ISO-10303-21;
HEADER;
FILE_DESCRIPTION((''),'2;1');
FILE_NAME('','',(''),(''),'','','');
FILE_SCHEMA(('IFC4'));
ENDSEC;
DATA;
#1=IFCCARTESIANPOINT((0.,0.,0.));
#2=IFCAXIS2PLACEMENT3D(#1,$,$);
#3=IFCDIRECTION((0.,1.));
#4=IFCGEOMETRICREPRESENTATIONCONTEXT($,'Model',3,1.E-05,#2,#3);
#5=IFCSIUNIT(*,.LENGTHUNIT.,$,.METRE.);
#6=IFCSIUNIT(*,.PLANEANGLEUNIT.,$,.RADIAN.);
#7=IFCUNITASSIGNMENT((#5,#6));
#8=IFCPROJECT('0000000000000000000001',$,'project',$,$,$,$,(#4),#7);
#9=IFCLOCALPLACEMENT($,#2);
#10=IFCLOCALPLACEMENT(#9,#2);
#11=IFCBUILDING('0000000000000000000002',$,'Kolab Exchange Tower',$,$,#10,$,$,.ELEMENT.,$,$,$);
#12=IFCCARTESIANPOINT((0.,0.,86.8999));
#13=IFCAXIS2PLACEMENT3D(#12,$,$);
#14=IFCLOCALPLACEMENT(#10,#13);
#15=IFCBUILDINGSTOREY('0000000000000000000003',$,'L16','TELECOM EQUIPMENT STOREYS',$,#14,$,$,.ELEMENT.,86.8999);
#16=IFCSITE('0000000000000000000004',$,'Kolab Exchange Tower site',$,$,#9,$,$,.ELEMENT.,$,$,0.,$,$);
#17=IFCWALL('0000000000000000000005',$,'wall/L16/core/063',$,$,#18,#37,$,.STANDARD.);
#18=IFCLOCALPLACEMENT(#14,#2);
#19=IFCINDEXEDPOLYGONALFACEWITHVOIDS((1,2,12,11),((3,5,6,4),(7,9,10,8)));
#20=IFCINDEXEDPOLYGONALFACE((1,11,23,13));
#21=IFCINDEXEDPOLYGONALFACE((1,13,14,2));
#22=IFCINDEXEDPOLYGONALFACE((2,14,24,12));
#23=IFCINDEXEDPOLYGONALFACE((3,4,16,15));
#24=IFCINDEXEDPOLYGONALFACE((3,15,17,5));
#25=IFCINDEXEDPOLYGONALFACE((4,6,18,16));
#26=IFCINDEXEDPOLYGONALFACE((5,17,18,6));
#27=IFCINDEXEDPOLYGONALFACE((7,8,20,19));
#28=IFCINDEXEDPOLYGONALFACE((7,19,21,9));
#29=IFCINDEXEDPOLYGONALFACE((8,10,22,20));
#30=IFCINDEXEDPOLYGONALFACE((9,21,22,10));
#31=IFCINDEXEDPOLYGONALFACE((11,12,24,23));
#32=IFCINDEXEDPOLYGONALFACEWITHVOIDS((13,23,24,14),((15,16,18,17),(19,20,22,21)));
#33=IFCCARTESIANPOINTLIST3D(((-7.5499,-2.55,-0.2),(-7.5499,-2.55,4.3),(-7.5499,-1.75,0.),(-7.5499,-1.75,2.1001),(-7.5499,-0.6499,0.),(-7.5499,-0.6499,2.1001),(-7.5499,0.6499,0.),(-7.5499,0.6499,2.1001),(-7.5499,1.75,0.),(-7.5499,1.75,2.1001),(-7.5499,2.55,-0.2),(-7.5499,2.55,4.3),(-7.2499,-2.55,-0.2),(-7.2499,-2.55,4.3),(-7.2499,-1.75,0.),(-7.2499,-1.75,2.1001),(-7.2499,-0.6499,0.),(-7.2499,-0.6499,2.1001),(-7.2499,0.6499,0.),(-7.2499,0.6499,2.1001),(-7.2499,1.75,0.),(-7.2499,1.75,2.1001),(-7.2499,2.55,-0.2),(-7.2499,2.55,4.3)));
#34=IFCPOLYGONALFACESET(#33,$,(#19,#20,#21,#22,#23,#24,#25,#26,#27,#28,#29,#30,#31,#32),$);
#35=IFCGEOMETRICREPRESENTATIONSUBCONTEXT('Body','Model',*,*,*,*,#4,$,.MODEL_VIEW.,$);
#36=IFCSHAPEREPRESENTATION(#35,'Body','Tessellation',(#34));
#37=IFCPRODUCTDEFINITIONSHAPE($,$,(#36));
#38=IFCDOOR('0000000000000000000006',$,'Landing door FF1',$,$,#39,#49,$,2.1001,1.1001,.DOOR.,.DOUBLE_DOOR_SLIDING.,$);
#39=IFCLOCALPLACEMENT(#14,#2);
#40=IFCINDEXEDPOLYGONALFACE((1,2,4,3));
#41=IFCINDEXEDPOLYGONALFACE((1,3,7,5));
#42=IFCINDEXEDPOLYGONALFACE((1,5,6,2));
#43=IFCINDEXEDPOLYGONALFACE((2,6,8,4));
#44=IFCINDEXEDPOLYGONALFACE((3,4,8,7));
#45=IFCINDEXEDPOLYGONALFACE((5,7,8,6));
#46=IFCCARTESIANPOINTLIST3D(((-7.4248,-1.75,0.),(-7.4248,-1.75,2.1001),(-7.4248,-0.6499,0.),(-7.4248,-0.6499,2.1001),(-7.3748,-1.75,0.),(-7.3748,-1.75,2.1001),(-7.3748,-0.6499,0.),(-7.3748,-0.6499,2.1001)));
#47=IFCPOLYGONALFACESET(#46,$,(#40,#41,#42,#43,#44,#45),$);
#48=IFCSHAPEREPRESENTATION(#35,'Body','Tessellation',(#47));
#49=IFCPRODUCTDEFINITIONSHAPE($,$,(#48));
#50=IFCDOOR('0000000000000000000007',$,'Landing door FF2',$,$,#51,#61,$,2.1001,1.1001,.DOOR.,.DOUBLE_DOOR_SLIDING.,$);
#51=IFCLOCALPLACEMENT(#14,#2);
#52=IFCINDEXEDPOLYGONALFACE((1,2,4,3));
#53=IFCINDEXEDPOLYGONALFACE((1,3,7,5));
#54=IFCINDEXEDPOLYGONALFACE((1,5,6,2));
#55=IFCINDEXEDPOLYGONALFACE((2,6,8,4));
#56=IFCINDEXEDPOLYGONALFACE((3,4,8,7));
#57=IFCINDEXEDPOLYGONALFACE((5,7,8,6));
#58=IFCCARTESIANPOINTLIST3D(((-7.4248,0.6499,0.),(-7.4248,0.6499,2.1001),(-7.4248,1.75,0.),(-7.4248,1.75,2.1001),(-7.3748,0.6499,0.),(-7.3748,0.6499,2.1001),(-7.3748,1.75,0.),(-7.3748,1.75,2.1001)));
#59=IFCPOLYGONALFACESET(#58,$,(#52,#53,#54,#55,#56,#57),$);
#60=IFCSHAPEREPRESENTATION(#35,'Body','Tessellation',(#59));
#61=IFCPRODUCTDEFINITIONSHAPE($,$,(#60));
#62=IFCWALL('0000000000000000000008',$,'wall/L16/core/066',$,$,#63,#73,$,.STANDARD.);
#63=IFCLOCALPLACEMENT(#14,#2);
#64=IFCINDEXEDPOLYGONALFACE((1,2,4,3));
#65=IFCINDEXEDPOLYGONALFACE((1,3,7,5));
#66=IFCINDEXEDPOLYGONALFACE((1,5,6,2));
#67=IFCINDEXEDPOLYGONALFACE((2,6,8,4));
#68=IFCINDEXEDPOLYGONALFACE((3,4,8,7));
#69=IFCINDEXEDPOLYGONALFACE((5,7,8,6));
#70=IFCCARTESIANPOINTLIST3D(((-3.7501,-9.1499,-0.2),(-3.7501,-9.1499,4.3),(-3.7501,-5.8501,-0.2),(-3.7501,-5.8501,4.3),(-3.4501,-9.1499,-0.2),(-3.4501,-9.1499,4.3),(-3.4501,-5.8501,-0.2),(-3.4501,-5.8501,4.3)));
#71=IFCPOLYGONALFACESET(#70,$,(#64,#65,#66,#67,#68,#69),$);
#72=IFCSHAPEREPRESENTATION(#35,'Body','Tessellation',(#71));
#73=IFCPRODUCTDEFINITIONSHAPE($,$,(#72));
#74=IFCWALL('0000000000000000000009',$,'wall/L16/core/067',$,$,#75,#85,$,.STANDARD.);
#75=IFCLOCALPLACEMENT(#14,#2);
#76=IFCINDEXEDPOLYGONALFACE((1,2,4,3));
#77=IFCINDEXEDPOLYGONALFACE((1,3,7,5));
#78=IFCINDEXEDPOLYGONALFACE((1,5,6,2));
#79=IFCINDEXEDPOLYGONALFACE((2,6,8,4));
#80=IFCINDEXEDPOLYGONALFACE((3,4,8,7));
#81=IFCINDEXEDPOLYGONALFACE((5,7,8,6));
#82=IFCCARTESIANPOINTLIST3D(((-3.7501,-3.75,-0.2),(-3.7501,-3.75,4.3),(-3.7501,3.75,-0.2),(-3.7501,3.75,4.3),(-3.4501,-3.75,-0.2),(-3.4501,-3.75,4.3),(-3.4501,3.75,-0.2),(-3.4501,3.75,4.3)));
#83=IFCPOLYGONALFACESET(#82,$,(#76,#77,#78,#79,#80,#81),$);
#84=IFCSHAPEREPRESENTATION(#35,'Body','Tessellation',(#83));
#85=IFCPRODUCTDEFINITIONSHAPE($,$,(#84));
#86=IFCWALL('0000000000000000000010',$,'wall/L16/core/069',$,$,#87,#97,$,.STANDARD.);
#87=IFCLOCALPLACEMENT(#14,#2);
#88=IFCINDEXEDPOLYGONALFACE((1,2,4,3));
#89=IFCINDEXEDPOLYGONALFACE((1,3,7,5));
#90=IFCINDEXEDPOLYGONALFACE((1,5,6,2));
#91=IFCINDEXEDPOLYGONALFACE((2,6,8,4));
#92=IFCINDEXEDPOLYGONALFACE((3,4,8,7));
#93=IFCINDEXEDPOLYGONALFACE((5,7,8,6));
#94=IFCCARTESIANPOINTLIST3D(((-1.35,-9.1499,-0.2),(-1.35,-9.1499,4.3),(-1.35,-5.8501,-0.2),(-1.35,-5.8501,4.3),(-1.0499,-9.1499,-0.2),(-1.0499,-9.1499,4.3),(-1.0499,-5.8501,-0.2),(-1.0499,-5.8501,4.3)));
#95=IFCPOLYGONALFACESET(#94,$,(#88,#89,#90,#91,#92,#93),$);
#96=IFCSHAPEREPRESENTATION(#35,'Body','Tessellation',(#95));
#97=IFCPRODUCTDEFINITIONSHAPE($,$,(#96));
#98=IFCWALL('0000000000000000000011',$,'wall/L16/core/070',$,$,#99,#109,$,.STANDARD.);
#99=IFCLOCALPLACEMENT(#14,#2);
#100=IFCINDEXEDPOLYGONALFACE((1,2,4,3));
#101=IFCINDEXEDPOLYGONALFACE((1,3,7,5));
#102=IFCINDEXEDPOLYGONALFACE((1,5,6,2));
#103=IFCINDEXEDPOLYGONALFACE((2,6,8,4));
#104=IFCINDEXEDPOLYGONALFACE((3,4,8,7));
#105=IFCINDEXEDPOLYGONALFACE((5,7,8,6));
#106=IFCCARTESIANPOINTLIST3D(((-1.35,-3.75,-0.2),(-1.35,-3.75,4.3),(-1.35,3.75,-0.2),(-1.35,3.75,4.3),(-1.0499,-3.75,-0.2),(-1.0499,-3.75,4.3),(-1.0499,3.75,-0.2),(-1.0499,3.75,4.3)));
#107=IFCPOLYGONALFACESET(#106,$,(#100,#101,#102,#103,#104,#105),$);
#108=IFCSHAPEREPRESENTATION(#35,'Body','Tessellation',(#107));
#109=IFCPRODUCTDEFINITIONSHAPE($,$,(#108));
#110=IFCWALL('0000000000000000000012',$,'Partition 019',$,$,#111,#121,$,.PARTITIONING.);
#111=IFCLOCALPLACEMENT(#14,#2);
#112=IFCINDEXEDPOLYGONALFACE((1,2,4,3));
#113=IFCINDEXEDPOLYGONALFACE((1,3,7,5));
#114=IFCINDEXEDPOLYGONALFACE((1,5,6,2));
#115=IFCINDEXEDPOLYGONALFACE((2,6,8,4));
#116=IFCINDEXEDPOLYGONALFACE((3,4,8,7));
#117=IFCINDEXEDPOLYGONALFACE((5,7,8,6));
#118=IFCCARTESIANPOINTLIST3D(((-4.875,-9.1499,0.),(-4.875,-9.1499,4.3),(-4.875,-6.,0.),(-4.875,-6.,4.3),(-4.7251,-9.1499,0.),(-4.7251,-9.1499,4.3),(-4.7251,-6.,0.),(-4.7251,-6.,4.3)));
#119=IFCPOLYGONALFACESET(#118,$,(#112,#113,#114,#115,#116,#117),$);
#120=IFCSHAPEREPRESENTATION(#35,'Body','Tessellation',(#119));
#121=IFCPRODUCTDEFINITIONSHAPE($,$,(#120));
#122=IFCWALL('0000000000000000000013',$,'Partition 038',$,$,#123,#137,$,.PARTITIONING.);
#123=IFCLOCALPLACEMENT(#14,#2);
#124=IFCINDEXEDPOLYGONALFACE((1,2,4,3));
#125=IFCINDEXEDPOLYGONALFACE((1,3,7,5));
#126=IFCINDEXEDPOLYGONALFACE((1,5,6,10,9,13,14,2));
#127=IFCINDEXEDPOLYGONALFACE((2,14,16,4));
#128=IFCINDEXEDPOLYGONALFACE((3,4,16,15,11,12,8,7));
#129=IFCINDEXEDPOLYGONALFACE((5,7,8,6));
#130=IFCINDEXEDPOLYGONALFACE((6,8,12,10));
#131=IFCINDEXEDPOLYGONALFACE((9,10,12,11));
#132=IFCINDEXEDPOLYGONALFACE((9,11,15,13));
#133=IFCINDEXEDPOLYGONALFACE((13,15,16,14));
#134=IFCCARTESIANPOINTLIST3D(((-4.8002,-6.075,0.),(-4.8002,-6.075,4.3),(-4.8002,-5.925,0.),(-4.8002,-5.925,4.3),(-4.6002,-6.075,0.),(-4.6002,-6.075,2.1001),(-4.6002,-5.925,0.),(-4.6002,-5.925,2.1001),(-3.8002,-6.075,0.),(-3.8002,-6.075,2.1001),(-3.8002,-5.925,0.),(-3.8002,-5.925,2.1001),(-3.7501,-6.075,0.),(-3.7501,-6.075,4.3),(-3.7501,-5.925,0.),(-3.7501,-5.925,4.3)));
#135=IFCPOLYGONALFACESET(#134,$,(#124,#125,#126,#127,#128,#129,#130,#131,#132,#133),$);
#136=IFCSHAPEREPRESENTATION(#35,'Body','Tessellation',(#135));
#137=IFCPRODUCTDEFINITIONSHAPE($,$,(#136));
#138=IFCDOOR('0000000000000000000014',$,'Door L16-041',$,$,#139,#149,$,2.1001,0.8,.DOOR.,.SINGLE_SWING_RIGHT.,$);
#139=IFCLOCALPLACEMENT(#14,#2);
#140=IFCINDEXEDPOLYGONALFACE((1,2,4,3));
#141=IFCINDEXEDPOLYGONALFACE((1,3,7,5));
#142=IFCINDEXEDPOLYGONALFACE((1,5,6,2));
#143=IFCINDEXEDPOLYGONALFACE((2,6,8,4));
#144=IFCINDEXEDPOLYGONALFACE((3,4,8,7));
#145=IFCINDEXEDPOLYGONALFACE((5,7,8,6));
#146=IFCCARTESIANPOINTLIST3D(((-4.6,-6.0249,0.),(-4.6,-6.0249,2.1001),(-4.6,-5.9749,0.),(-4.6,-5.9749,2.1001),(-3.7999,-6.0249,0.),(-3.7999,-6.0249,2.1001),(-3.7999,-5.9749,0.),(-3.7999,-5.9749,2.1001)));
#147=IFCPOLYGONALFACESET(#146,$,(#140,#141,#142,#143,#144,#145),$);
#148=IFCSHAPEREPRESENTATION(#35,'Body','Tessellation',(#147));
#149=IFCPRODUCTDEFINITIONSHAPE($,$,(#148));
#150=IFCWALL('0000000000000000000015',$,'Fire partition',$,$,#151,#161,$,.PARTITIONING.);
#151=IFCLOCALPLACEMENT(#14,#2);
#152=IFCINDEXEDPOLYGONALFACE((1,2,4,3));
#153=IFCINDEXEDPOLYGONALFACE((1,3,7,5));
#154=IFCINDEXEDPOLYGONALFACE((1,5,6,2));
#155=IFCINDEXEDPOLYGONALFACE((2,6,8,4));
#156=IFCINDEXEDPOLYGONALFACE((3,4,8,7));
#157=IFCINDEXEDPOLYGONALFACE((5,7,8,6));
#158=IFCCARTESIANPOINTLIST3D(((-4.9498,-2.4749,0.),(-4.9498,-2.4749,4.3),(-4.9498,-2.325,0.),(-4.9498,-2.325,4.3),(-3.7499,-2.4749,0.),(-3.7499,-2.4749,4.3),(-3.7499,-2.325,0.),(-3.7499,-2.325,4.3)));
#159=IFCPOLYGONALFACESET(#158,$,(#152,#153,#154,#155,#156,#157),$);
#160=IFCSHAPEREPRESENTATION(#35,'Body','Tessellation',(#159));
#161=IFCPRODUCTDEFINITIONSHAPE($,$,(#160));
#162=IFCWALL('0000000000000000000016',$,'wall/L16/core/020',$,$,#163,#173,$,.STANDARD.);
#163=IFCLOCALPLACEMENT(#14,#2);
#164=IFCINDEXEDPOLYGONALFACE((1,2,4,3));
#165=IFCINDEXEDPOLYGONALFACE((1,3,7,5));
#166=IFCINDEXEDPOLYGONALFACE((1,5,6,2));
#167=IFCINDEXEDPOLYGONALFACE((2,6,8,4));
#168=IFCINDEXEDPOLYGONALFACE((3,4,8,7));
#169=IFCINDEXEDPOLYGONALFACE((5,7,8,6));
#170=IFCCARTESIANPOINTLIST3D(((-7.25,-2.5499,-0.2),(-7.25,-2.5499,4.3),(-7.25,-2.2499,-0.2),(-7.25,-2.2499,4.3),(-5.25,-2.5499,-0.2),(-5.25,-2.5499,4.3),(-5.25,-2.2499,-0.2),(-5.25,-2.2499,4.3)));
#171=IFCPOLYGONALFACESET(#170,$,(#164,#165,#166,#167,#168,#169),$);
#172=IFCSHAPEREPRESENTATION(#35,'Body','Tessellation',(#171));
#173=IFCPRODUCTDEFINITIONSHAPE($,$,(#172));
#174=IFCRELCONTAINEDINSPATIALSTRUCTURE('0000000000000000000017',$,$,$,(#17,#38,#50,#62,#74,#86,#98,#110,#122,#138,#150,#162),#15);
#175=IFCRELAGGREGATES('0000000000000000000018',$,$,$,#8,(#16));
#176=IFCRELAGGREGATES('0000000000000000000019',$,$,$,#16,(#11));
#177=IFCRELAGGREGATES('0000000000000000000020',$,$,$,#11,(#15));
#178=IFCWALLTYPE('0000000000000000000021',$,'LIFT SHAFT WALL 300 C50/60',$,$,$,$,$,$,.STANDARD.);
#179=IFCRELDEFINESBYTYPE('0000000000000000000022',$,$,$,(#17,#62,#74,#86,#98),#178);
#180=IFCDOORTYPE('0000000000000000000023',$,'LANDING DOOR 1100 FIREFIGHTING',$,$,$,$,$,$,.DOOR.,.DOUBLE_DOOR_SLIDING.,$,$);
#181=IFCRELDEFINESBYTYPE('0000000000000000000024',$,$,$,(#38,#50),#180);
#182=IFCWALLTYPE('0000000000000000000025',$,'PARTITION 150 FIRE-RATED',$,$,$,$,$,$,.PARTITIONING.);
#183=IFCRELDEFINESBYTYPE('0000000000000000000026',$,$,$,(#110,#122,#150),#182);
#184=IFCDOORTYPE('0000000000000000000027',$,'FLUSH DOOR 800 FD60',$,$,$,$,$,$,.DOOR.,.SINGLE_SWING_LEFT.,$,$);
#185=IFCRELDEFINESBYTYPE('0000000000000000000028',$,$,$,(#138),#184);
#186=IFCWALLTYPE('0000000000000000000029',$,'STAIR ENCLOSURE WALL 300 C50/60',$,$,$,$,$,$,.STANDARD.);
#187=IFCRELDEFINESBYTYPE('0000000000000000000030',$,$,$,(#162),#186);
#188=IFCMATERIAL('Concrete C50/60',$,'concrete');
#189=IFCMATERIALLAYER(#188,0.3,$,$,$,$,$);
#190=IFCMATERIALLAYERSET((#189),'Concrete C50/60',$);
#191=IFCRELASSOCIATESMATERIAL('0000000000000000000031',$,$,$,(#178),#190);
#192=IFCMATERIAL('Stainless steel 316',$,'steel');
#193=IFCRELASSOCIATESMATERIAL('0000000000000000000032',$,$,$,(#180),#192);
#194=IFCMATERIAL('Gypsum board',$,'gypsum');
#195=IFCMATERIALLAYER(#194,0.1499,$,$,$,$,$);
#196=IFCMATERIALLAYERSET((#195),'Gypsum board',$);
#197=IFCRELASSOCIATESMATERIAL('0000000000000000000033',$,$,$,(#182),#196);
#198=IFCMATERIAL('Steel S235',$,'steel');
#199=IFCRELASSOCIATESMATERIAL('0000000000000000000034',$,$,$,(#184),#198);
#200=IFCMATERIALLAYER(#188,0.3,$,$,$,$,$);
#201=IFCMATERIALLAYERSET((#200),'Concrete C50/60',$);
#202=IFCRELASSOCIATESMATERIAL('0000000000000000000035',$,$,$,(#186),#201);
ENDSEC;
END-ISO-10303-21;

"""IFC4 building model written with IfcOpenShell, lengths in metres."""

from ifc_helpers import new_model, si_unit, direction, frame, frame_2d, origin, place, context, subcontext, project, spatial, rectangle, extrude, material, layer, layer_set, type_object, element, fill, save


model = new_model("IFC4")

# Units and contexts
model_context = context("Model", 3, precision=1e-05, world=origin(), true_north=direction((0.0, 1.0)))
body_context = subcontext(model_context, "Body", "Model", "MODEL_VIEW")
ifc_project = project(units=[si_unit("LENGTHUNIT", "METRE"), si_unit("PLANEANGLEUNIT", "RADIAN")], contexts=[model_context])

# Site, building, storey
site_placement = place(None, origin())
site = spatial("IfcSite", under=ifc_project, at=site_placement, Name="Kolab Exchange Tower site", CompositionType="ELEMENT", RefElevation=0.0)
building_placement = place(site_placement, origin())
building = spatial("IfcBuilding", under=site, at=building_placement, Name="Kolab Exchange Tower", CompositionType="ELEMENT")
storey_placement = place(building_placement, frame((0.0, 0.0, 86.8999)))
storey = spatial("IfcBuildingStorey", under=building, at=storey_placement, Name="L16", Description="TELECOM EQUIPMENT STOREYS", CompositionType="ELEMENT", Elevation=86.8999)

# Shared definitions
ifc_material_1 = material(Name="Steel S235", Category="steel")
ifc_material_2 = material(Name="Concrete C50/60", Category="concrete")
ifc_layer_1 = layer(ifc_material_2, 0.3)
ifc_layer_set_1 = layer_set([ifc_layer_1], Name="Concrete C50/60")
wall_type_1 = type_object("IfcWallType", Name="LIFT SHAFT WALL 300 C50/60", PredefinedType="STANDARD", material=ifc_layer_set_1)

# Wall, openings, doors
wall_1_placement = place(storey_placement, frame((-7.3999, -2.55, -0.2), z_axis=(0.0, 0.0, 1.0), x_axis=(0.0, 1.0, 0.0)))
wall_1 = element("IfcWall", 1, at=wall_1_placement, inside=storey, type_object=wall_type_1, Name="wall/L16/core/063", PredefinedType="STANDARD", context=body_context, shape_type="SweptSolid", body=[
    extrude(rectangle(XDim=5.1001, YDim=0.3, at=frame_2d((2.55, 0.0))), origin(), (0.0, 0.0, 1.0), 4.5),
])
opening_1_placement = place(wall_1_placement, frame((0.8, 0.0, 0.2)))
opening_1 = element("IfcOpeningElement", 2, at=opening_1_placement, cuts=wall_1, PredefinedType="OPENING", context=body_context, shape_type="SweptSolid", body=[
    extrude(rectangle(XDim=1.1001, YDim=2.1001, at=frame_2d((0.55, 1.05))), frame((0.0, 0.1602, 0.0), z_axis=(0.0, -1.0, 0.0), x_axis=(1.0, 0.0, 0.0)), (0.0, 0.0, 1.0), 0.3201),
])
opening_2_placement = place(wall_1_placement, frame((3.2, 0.0, 0.2)))
opening_2 = element("IfcOpeningElement", 3, at=opening_2_placement, cuts=wall_1, PredefinedType="OPENING", context=body_context, shape_type="SweptSolid", body=[
    extrude(rectangle(XDim=1.1001, YDim=2.1001, at=frame_2d((0.55, 1.05))), frame((0.0, 0.1602, 0.0), z_axis=(0.0, -1.0, 0.0), x_axis=(1.0, 0.0, 0.0)), (0.0, 0.0, 1.0), 0.3201),
])
ifc_material_3 = material(Name="Stainless steel 316", Category="steel")
door_type_1 = type_object("IfcDoorType", Name="LANDING DOOR 1100 FIREFIGHTING", OperationType="DOUBLE_DOOR_SLIDING", PredefinedType="DOOR", material=ifc_material_3)
door_1_placement = place(opening_1_placement, origin())
door_1 = element("IfcDoor", 4, at=door_1_placement, inside=storey, type_object=door_type_1, Name="Landing door FF1", OperationType="DOUBLE_DOOR_SLIDING", OverallHeight=2.1001, OverallWidth=1.1001, PredefinedType="DOOR", context=body_context, shape_type="SweptSolid", body=[
    extrude(rectangle(XDim=1.1001, YDim=2.1001, at=frame_2d((0.55, 1.05))), frame((0.0, 0.0249, 0.0), z_axis=(0.0, -1.0, 0.0), x_axis=(1.0, 0.0, 0.0)), (0.0, 0.0, 1.0), 0.05),
])
fill(opening_1, door_1)
door_2_placement = place(opening_2_placement, origin())
door_2 = element("IfcDoor", 5, at=door_2_placement, inside=storey, type_object=door_type_1, Name="Landing door FF2", OperationType="DOUBLE_DOOR_SLIDING", OverallHeight=2.1001, OverallWidth=1.1001, PredefinedType="DOOR", context=body_context, shape_type="SweptSolid", body=[
    extrude(rectangle(XDim=1.1001, YDim=2.1001, at=frame_2d((0.55, 1.05))), frame((0.0, 0.0249, 0.0), z_axis=(0.0, -1.0, 0.0), x_axis=(1.0, 0.0, 0.0)), (0.0, 0.0, 1.0), 0.05),
])
fill(opening_2, door_2)

# Walls
wall_2_placement = place(storey_placement, frame((-3.6001, -9.1499, -0.2), z_axis=(0.0, 0.0, 1.0), x_axis=(0.0, 1.0, 0.0)))
element("IfcWall", 6, at=wall_2_placement, inside=storey, type_object=wall_type_1, Name="wall/L16/core/066", PredefinedType="STANDARD", context=body_context, shape_type="SweptSolid", body=[
    extrude(rectangle(XDim=3.2998, YDim=0.3, at=frame_2d((1.6499, 0.0))), origin(), (0.0, 0.0, 1.0), 4.5),
])
wall_3_placement = place(storey_placement, frame((-3.6001, -3.75, -0.2), z_axis=(0.0, 0.0, 1.0), x_axis=(0.0, 1.0, 0.0)))
element("IfcWall", 7, at=wall_3_placement, inside=storey, type_object=wall_type_1, Name="wall/L16/core/067", PredefinedType="STANDARD", context=body_context, shape_type="SweptSolid", body=[
    extrude(rectangle(XDim=7.5, YDim=0.3, at=frame_2d((3.75, 0.0))), origin(), (0.0, 0.0, 1.0), 4.5),
])
wall_4_placement = place(storey_placement, frame((-1.2, -9.1499, -0.2), z_axis=(0.0, 0.0, 1.0), x_axis=(0.0, 1.0, 0.0)))
element("IfcWall", 8, at=wall_4_placement, inside=storey, type_object=wall_type_1, Name="wall/L16/core/069", PredefinedType="STANDARD", context=body_context, shape_type="SweptSolid", body=[
    extrude(rectangle(XDim=3.2998, YDim=0.3, at=frame_2d((1.6499, 0.0))), origin(), (0.0, 0.0, 1.0), 4.5),
])
wall_5_placement = place(storey_placement, frame((-1.2, -3.75, -0.2), z_axis=(0.0, 0.0, 1.0), x_axis=(0.0, 1.0, 0.0)))
element("IfcWall", 9, at=wall_5_placement, inside=storey, type_object=wall_type_1, Name="wall/L16/core/070", PredefinedType="STANDARD", context=body_context, shape_type="SweptSolid", body=[
    extrude(rectangle(XDim=7.5, YDim=0.3, at=frame_2d((3.75, 0.0))), origin(), (0.0, 0.0, 1.0), 4.5),
])
ifc_material_4 = material(Name="Gypsum board", Category="gypsum")
ifc_layer_2 = layer(ifc_material_4, 0.1499)
ifc_layer_set_2 = layer_set([ifc_layer_2], Name="Gypsum board")
wall_type_2 = type_object("IfcWallType", Name="PARTITION 150 FIRE-RATED", PredefinedType="PARTITIONING", material=ifc_layer_set_2)
wall_6_placement = place(storey_placement, frame((-4.8, -9.1499, 0.0), z_axis=(0.0, 0.0, 1.0), x_axis=(0.0, 1.0, 0.0)))
element("IfcWall", 10, at=wall_6_placement, inside=storey, type_object=wall_type_2, Name="Partition 019", PredefinedType="PARTITIONING", context=body_context, shape_type="SweptSolid", body=[
    extrude(rectangle(XDim=3.1499, YDim=0.1499, at=frame_2d((1.575, 0.0))), origin(), (0.0, 0.0, 1.0), 4.3),
])

# Wall, opening, door
wall_7_placement = place(storey_placement, frame((-4.8, -6.0, 0.0), z_axis=(0.0, 0.0, 1.0), x_axis=(1.0, 0.0, 0.0)))
wall_7 = element("IfcWall", 11, at=wall_7_placement, inside=storey, type_object=wall_type_2, Name="Partition 038", PredefinedType="PARTITIONING", context=body_context, shape_type="SweptSolid", body=[
    extrude(rectangle(XDim=1.05, YDim=0.1499, at=frame_2d((0.5249, 0.0))), origin(), (0.0, 0.0, 1.0), 4.3),
])
opening_3_placement = place(wall_7_placement, frame((0.2, 0.0, 0.0)))
opening_3 = element("IfcOpeningElement", 12, at=opening_3_placement, cuts=wall_7, PredefinedType="OPENING", context=body_context, shape_type="SweptSolid", body=[
    extrude(rectangle(XDim=0.8, YDim=2.1001, at=frame_2d((0.3999, 1.05))), frame((0.0, 0.085, 0.0), z_axis=(0.0, -1.0, 0.0), x_axis=(1.0, 0.0, 0.0)), (0.0, 0.0, 1.0), 0.1699),
])
door_type_2 = type_object("IfcDoorType", Name="FLUSH DOOR 800 FD60", OperationType="SINGLE_SWING_LEFT", PredefinedType="DOOR", material=ifc_material_1)
door_3_placement = place(opening_3_placement, frame((0.8, 0.0, 0.0), z_axis=(0.0, 0.0, 1.0), x_axis=(-1.0, 0.0, 0.0)))
door_3 = element("IfcDoor", 13, at=door_3_placement, inside=storey, type_object=door_type_2, Name="Door L16-041", OperationType="SINGLE_SWING_RIGHT", OverallHeight=2.1001, OverallWidth=0.8, PredefinedType="DOOR", context=body_context, shape_type="SweptSolid", body=[
    extrude(rectangle(XDim=0.8, YDim=2.1001, at=frame_2d((0.3999, 1.05))), frame((0.0, 0.0249, 0.0), z_axis=(0.0, -1.0, 0.0), x_axis=(1.0, 0.0, 0.0)), (0.0, 0.0, 1.0), 0.05),
])
fill(opening_3, door_3)

# Walls
wall_8_placement = place(storey_placement, frame((-4.95, -2.3999, 0.0), z_axis=(0.0, 0.0, 1.0), x_axis=(1.0, 0.0, 0.0)))
element("IfcWall", 14, at=wall_8_placement, inside=storey, type_object=wall_type_2, Name="Fire partition", PredefinedType="PARTITIONING", context=body_context, shape_type="SweptSolid", body=[
    extrude(rectangle(XDim=1.2, YDim=0.1499, at=frame_2d((0.6001, 0.0))), origin(), (0.0, 0.0, 1.0), 4.3),
])
ifc_layer_3 = layer(ifc_material_2, 0.3)
ifc_layer_set_3 = layer_set([ifc_layer_3], Name="Concrete C50/60")
wall_type_3 = type_object("IfcWallType", Name="STAIR ENCLOSURE WALL 300 C50/60", PredefinedType="STANDARD", material=ifc_layer_set_3)
wall_9_placement = place(storey_placement, frame((-7.25, -2.3999, -0.2), z_axis=(0.0, 0.0, 1.0), x_axis=(1.0, 0.0, 0.0)))
element("IfcWall", 15, at=wall_9_placement, inside=storey, type_object=wall_type_3, Name="wall/L16/core/020", PredefinedType="STANDARD", context=body_context, shape_type="SweptSolid", body=[
    extrude(rectangle(XDim=2.0, YDim=0.3, at=frame_2d((1.0, 0.0))), origin(), (0.0, 0.0, 1.0), 4.5),
])

save(model, "model.ifc")
